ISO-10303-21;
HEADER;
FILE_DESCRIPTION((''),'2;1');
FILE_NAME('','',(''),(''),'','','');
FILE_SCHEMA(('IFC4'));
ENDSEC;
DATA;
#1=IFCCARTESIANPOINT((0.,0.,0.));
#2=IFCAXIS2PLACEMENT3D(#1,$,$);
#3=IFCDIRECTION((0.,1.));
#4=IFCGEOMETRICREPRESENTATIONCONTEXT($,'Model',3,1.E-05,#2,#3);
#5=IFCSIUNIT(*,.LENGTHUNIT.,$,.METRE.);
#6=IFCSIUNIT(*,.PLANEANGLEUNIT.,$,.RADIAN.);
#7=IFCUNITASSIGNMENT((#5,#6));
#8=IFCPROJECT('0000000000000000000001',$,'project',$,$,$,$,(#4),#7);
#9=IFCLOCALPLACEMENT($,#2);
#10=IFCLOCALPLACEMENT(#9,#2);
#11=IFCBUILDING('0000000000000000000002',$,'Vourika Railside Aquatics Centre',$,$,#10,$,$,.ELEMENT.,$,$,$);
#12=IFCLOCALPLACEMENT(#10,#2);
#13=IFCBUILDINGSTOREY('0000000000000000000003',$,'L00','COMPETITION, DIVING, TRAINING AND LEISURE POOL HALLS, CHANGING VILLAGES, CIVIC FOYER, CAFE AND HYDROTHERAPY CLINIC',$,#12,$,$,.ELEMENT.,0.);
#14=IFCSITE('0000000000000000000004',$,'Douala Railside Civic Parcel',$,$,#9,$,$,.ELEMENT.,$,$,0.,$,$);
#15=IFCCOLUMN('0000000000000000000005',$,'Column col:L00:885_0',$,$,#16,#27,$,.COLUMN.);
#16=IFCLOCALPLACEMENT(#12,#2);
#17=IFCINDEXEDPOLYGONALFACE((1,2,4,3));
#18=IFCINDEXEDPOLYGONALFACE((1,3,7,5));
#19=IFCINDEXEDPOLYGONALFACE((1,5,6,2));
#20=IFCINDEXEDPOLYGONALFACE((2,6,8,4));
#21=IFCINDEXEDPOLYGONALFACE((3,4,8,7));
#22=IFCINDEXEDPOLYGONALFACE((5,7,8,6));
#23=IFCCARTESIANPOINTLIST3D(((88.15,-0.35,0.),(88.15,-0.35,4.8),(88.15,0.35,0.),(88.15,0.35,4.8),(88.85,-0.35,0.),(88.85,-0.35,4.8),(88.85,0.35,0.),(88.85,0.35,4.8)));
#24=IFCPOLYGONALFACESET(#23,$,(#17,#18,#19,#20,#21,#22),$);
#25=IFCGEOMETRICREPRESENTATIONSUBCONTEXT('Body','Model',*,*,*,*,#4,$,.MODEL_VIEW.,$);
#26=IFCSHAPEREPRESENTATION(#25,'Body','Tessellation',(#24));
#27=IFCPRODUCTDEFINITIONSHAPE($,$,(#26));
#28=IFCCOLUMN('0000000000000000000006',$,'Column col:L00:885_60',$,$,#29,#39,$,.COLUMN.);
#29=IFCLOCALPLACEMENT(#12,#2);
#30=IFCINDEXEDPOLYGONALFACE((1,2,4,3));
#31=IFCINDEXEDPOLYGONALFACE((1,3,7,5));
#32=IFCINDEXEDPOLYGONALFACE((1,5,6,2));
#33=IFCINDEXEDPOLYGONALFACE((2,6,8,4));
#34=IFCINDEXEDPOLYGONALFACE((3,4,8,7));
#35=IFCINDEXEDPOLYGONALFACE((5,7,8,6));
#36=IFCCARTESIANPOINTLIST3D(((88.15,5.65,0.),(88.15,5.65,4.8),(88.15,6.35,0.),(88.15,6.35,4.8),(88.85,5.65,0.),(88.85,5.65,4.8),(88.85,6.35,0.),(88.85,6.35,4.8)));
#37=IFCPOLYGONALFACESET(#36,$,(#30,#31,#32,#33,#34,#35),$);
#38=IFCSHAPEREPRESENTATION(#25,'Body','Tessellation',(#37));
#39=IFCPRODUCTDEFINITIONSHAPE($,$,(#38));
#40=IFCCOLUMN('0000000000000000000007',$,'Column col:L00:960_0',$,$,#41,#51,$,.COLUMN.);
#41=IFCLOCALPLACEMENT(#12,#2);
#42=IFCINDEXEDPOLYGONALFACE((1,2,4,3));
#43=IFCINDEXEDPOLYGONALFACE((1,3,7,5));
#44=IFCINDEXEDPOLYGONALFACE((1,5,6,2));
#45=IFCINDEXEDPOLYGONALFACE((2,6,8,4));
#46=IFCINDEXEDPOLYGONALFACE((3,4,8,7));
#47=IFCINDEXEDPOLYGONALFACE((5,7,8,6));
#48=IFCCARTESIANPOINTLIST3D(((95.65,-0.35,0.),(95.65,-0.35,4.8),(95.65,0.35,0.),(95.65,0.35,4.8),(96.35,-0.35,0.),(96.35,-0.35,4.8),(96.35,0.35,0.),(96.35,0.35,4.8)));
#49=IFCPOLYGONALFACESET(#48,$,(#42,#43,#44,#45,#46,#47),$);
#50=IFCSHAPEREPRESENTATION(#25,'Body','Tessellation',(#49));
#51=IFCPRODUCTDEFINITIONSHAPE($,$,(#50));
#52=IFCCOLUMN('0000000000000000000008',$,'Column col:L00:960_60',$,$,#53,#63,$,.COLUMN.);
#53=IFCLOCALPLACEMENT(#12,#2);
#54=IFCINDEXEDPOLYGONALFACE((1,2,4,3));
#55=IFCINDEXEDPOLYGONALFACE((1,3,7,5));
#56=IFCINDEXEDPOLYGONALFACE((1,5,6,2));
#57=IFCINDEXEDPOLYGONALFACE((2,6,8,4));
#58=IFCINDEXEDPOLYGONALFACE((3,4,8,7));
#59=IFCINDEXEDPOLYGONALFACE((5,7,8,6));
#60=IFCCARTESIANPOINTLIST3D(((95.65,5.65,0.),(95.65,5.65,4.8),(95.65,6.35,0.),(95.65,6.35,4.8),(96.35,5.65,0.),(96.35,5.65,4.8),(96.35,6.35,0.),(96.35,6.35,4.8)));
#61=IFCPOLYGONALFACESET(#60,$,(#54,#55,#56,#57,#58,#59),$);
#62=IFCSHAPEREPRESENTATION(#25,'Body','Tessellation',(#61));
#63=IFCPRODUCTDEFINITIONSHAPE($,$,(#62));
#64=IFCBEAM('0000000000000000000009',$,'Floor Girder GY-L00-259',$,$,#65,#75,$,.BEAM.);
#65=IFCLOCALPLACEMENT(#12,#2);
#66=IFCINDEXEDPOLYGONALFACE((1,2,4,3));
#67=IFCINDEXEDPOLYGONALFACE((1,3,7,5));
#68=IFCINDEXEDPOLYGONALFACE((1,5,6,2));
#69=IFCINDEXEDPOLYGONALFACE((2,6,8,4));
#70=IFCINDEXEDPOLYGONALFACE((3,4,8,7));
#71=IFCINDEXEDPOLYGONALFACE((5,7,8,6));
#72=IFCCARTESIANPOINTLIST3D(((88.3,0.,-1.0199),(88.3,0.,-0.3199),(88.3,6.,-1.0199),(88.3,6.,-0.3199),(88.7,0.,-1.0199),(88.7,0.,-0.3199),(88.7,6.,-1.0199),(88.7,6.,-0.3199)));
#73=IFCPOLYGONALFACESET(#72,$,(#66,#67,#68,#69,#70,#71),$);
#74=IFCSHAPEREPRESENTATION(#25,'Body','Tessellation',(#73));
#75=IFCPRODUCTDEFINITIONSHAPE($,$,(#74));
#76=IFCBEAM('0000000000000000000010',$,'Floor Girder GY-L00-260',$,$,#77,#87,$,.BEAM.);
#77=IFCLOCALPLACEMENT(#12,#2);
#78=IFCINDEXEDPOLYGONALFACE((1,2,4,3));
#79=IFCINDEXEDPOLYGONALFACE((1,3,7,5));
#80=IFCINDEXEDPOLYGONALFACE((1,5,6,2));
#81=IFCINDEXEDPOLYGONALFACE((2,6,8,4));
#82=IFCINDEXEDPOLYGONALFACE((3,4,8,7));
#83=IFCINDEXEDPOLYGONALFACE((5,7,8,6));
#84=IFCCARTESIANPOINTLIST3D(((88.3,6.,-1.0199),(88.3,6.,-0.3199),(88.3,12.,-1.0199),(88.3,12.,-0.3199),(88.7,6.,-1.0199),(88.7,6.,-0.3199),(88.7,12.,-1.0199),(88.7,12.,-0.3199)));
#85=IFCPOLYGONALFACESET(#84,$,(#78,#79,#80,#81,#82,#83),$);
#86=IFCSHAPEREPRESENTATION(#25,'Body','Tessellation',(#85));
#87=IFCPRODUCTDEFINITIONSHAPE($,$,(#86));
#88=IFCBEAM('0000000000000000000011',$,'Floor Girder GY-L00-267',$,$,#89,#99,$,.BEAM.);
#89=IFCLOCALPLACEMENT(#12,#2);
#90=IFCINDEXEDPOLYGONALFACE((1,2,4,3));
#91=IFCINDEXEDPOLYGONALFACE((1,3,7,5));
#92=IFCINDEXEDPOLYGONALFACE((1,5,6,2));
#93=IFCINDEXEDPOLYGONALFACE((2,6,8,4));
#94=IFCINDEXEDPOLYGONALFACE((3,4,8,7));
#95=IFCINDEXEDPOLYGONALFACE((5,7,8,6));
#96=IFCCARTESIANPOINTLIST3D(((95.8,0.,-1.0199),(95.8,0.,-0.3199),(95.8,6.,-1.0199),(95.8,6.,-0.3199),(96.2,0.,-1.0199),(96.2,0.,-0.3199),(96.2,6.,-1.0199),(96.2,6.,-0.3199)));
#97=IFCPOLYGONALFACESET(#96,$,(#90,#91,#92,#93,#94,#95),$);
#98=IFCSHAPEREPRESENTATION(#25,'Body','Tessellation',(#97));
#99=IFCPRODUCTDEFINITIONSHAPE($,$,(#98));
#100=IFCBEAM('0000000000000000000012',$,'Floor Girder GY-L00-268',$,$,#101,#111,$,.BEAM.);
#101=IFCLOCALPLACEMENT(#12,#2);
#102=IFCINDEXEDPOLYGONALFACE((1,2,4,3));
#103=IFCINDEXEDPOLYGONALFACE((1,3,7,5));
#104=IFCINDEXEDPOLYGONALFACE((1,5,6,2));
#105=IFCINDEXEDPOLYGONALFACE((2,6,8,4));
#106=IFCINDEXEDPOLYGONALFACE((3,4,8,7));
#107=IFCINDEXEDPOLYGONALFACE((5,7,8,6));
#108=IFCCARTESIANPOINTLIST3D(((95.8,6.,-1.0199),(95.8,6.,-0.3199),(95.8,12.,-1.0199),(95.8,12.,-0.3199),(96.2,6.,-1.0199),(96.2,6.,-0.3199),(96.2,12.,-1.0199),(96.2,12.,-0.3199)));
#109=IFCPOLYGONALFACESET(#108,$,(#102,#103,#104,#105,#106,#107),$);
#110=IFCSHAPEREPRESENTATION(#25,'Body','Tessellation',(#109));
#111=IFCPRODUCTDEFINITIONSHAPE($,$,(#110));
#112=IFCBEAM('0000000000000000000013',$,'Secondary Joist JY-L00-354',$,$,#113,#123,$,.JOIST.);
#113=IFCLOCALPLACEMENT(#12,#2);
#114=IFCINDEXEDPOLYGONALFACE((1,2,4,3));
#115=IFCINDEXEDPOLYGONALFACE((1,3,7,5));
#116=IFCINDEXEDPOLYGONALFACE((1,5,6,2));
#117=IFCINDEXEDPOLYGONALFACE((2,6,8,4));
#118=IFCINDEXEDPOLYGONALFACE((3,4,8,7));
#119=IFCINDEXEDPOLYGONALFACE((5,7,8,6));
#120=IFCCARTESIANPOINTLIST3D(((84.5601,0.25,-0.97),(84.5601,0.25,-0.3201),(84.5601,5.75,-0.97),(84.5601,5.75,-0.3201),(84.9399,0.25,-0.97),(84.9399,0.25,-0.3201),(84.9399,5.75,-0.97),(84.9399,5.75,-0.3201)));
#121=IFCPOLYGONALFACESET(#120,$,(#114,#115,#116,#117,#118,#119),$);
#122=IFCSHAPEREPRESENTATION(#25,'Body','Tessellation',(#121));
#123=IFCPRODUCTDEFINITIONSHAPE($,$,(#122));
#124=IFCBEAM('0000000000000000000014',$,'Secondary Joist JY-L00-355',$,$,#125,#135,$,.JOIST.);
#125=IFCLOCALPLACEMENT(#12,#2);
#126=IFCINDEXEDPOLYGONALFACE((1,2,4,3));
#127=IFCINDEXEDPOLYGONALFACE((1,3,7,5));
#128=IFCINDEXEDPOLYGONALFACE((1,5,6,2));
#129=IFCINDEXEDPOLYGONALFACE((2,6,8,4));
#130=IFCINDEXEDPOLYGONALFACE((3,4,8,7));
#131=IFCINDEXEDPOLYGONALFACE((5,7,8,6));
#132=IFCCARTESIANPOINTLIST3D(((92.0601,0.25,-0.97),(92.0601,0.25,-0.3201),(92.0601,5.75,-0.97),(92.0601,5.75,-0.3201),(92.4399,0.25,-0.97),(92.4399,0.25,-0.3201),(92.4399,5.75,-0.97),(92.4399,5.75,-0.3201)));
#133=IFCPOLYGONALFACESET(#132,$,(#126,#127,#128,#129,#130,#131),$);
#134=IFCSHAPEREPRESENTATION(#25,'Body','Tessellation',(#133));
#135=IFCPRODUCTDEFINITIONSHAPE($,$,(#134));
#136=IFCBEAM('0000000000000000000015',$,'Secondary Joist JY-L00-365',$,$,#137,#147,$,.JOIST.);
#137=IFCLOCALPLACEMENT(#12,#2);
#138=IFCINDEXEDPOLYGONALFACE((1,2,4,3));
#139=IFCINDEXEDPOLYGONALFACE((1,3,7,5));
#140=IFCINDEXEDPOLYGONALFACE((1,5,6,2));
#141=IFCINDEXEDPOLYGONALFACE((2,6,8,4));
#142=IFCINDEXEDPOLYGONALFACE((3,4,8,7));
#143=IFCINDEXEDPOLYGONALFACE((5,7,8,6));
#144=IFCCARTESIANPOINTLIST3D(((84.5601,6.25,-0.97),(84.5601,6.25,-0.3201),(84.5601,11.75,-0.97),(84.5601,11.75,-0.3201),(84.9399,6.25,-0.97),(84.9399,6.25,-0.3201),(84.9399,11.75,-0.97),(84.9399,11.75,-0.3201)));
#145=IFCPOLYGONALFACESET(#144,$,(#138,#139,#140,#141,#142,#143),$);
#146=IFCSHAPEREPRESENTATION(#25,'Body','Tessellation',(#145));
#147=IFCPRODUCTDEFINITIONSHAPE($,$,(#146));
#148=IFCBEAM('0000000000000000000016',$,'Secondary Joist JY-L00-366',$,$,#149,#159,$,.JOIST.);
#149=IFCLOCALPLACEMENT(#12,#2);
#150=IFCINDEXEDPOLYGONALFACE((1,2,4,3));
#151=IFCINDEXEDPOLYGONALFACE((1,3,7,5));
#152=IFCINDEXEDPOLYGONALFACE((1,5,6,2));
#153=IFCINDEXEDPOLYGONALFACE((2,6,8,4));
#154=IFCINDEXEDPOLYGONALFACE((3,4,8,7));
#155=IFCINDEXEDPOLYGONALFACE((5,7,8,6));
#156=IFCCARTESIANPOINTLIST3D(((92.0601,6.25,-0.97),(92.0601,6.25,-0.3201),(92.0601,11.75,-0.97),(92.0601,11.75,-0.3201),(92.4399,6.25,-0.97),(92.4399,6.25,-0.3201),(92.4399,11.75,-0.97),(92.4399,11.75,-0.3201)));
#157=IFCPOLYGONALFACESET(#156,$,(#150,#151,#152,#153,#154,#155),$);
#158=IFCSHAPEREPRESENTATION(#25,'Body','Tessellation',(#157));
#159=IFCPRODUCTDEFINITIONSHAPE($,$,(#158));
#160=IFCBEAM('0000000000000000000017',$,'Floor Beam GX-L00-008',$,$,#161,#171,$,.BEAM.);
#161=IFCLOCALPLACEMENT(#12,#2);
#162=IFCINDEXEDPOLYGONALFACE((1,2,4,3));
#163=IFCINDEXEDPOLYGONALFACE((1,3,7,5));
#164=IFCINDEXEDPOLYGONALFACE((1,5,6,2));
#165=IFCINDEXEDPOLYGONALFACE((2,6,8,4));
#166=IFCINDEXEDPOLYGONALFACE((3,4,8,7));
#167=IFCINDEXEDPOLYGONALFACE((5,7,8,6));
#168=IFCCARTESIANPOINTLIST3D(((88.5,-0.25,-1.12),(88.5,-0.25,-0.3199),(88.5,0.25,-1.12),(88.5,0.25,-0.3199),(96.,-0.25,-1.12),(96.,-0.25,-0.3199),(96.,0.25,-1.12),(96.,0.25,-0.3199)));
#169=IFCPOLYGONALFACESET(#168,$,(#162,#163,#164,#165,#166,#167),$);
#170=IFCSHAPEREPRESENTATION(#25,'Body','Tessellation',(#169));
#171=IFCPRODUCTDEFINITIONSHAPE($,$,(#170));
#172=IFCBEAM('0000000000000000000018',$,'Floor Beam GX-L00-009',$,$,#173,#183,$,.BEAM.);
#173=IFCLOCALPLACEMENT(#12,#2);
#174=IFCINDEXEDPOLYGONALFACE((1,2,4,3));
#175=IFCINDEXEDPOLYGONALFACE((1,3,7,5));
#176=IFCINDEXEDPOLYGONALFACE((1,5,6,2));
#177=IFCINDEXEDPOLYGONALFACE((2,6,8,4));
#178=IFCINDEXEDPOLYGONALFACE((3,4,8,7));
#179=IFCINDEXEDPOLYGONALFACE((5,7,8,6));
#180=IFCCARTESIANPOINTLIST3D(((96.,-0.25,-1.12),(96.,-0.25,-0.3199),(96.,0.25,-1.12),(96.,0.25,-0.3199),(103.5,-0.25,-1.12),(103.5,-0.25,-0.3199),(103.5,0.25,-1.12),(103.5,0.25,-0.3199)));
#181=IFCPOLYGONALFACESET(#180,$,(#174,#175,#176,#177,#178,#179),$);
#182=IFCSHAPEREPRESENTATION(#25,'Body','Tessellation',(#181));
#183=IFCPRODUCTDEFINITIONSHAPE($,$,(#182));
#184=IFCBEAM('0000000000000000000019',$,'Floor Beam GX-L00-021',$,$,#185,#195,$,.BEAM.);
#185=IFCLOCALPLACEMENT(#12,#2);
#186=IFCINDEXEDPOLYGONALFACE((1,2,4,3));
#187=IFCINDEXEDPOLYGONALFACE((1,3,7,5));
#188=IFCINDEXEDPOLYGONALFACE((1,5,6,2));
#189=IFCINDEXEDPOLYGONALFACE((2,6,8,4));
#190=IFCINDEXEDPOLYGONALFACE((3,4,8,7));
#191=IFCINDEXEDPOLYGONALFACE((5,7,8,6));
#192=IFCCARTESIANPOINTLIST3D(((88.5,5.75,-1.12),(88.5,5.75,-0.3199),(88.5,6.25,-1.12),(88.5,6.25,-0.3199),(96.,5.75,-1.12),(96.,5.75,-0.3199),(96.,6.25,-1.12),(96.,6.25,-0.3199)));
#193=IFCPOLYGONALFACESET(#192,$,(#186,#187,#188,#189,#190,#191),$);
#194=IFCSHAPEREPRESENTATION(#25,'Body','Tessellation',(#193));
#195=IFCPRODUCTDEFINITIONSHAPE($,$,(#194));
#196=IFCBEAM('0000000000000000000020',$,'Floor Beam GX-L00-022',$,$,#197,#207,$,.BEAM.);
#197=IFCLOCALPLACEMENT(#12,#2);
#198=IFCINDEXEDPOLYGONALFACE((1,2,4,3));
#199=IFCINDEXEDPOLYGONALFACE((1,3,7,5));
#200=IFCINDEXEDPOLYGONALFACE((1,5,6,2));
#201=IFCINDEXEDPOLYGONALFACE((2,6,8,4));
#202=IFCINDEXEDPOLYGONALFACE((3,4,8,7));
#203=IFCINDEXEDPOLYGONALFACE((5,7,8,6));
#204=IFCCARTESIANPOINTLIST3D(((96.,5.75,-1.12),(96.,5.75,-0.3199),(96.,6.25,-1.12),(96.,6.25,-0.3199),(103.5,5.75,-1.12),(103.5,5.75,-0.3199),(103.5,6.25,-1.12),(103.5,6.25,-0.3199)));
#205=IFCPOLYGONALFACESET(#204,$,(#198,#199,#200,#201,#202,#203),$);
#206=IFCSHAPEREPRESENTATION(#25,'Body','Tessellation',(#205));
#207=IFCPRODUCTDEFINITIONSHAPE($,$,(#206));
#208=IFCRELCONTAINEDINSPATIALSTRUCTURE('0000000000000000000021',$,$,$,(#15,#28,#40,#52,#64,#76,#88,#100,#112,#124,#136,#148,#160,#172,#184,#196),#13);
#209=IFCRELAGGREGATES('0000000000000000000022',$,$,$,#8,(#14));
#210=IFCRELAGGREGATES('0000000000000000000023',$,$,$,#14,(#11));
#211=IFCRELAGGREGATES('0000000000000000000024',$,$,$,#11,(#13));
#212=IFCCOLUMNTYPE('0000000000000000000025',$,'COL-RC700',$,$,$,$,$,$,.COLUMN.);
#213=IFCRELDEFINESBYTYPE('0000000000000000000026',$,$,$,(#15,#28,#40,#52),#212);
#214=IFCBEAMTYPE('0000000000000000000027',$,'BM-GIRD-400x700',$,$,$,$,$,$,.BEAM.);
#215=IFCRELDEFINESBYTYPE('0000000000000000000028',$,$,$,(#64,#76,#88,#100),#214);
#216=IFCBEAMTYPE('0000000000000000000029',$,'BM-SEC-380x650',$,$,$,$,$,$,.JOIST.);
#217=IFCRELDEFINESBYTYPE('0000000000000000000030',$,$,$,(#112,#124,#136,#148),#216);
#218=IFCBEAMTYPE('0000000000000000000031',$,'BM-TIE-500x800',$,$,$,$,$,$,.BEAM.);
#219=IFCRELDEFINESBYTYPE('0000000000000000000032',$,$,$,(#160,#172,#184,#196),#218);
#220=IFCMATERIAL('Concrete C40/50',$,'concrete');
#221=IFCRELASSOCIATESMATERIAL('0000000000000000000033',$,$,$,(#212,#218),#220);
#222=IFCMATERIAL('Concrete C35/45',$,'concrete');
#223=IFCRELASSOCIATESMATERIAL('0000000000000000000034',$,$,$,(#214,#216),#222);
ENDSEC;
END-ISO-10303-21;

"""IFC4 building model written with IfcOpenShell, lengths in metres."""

from ifc_helpers import new_model, si_unit, direction, frame, origin, origin_2d, place, context, subcontext, project, spatial, rectangle, extrude, material, material_profile, profile_set, type_object, element, save


model = new_model("IFC4")

# Units and contexts
model_context = context("Model", 3, precision=1e-05, world=origin(), true_north=direction((0.0, 1.0)))
body_context = subcontext(model_context, "Body", "Model", "MODEL_VIEW")
ifc_project = project(units=[si_unit("LENGTHUNIT", "METRE"), si_unit("PLANEANGLEUNIT", "RADIAN")], contexts=[model_context])

# Site, building, storey
site_placement = place(None, origin())
site = spatial("IfcSite", under=ifc_project, at=site_placement, Name="Douala Railside Civic Parcel", CompositionType="ELEMENT", RefElevation=0.0)
building_placement = place(site_placement, origin())
building = spatial("IfcBuilding", under=site, at=building_placement, Name="Vourika Railside Aquatics Centre", CompositionType="ELEMENT")
storey_placement = place(building_placement, origin())
storey = spatial("IfcBuildingStorey", under=building, at=storey_placement, Name="L00", Description="COMPETITION, DIVING, TRAINING AND LEISURE POOL HALLS, CHANGING VILLAGES, CIVIC FOYER, CAFE AND HYDROTHERAPY CLINIC", CompositionType="ELEMENT", Elevation=0.0)

# Columns
ifc_material_1 = material(Name="Concrete C40/50", Category="concrete")
ifc_material_profile_1 = material_profile(ifc_material_1, rectangle(XDim=0.7, YDim=0.7, at=origin_2d()), Name="RC 700x700")
ifc_profile_set_1 = profile_set([ifc_material_profile_1], Name="Concrete C40/50")
column_type = type_object("IfcColumnType", Name="COL-RC700", PredefinedType="COLUMN", material=ifc_profile_set_1)
for number, where, z_axis, x_axis, name in (
    (1, (88.5, 0.0, 0.0), (0.0, 0.0, 1.0), (1.0, 0.0, 0.0), "Column col:L00:885_0"),
    (2, (88.5, 6.0, 0.0), (0.0, 0.0, 1.0), (1.0, 0.0, 0.0), "Column col:L00:885_60"),
    (3, (96.0, 0.0, 0.0), (0.0, 0.0, 1.0), (1.0, 0.0, 0.0), "Column col:L00:960_0"),
    (4, (96.0, 6.0, 0.0), (0.0, 0.0, 1.0), (1.0, 0.0, 0.0), "Column col:L00:960_60"),
):
    element("IfcColumn", number, at=place(storey_placement, frame(where, z_axis=z_axis, x_axis=x_axis)), inside=storey, type_object=column_type, Name=name, PredefinedType="COLUMN", context=body_context, shape_type="SweptSolid", body=[
        extrude(rectangle(XDim=0.7, YDim=0.7, at=origin_2d()), origin(), (0.0, 0.0, 1.0), 4.8),
    ])

# Beams
ifc_material_2 = material(Name="Concrete C35/45", Category="concrete")
ifc_material_profile_2 = material_profile(ifc_material_2, rectangle(XDim=0.3999, YDim=0.7, at=origin_2d()), Name="RC 400x700")
ifc_profile_set_2 = profile_set([ifc_material_profile_2], Name="Concrete C35/45")
beam_type_1 = type_object("IfcBeamType", Name="BM-GIRD-400x700", PredefinedType="BEAM", material=ifc_profile_set_2)
for number, where, z_axis, x_axis, name in (
    (5, (88.5, 0.0, -0.6699), (0.0, 1.0, 0.0), (-1.0, 0.0, 0.0), "Floor Girder GY-L00-259"),
    (6, (88.5, 6.0, -0.6699), (0.0, 1.0, 0.0), (-1.0, 0.0, 0.0), "Floor Girder GY-L00-260"),
    (7, (96.0, 0.0, -0.6699), (0.0, 1.0, 0.0), (-1.0, 0.0, 0.0), "Floor Girder GY-L00-267"),
    (8, (96.0, 6.0, -0.6699), (0.0, 1.0, 0.0), (-1.0, 0.0, 0.0), "Floor Girder GY-L00-268"),
):
    element("IfcBeam", number, at=place(storey_placement, frame(where, z_axis=z_axis, x_axis=x_axis)), inside=storey, type_object=beam_type_1, Name=name, PredefinedType="BEAM", context=body_context, shape_type="SweptSolid", body=[
        extrude(rectangle(XDim=0.3999, YDim=0.7, at=origin_2d()), origin(), (0.0, 0.0, 1.0), 6.0),
    ])
ifc_material_profile_3 = material_profile(ifc_material_2, rectangle(XDim=0.3799, YDim=0.6499, at=origin_2d()), Name="RC 380x650")
ifc_profile_set_3 = profile_set([ifc_material_profile_3], Name="Concrete C35/45")
beam_type_2 = type_object("IfcBeamType", Name="BM-SEC-380x650", PredefinedType="JOIST", material=ifc_profile_set_3)
for number, where, z_axis, x_axis, name in (
    (9, (84.75, 0.25, -0.645), (0.0, 1.0, 0.0), (-1.0, 0.0, 0.0), "Secondary Joist JY-L00-354"),
    (10, (92.25, 0.25, -0.645), (0.0, 1.0, 0.0), (-1.0, 0.0, 0.0), "Secondary Joist JY-L00-355"),
    (11, (84.75, 6.25, -0.645), (0.0, 1.0, 0.0), (-1.0, 0.0, 0.0), "Secondary Joist JY-L00-365"),
    (12, (92.25, 6.25, -0.645), (0.0, 1.0, 0.0), (-1.0, 0.0, 0.0), "Secondary Joist JY-L00-366"),
):
    element("IfcBeam", number, at=place(storey_placement, frame(where, z_axis=z_axis, x_axis=x_axis)), inside=storey, type_object=beam_type_2, Name=name, PredefinedType="JOIST", context=body_context, shape_type="SweptSolid", body=[
        extrude(rectangle(XDim=0.3799, YDim=0.6499, at=origin_2d()), origin(), (0.0, 0.0, 1.0), 5.5),
    ])
ifc_material_profile_4 = material_profile(ifc_material_1, rectangle(XDim=0.5, YDim=0.8, at=origin_2d()), Name="RC 500x800")
ifc_profile_set_4 = profile_set([ifc_material_profile_4], Name="Concrete C40/50")
beam_type_3 = type_object("IfcBeamType", Name="BM-TIE-500x800", PredefinedType="BEAM", material=ifc_profile_set_4)
for number, where, z_axis, x_axis, name in (
    (13, (88.5, 0.0, -0.72), (1.0, 0.0, 0.0), (0.0, 1.0, 0.0), "Floor Beam GX-L00-008"),
    (14, (96.0, 0.0, -0.72), (1.0, 0.0, 0.0), (0.0, 1.0, 0.0), "Floor Beam GX-L00-009"),
    (15, (88.5, 6.0, -0.72), (1.0, 0.0, 0.0), (0.0, 1.0, 0.0), "Floor Beam GX-L00-021"),
    (16, (96.0, 6.0, -0.72), (1.0, 0.0, 0.0), (0.0, 1.0, 0.0), "Floor Beam GX-L00-022"),
):
    element("IfcBeam", number, at=place(storey_placement, frame(where, z_axis=z_axis, x_axis=x_axis)), inside=storey, type_object=beam_type_3, Name=name, PredefinedType="BEAM", context=body_context, shape_type="SweptSolid", body=[
        extrude(rectangle(XDim=0.5, YDim=0.8, at=origin_2d()), origin(), (0.0, 0.0, 1.0), 7.5),
    ])

save(model, "model.ifc")
